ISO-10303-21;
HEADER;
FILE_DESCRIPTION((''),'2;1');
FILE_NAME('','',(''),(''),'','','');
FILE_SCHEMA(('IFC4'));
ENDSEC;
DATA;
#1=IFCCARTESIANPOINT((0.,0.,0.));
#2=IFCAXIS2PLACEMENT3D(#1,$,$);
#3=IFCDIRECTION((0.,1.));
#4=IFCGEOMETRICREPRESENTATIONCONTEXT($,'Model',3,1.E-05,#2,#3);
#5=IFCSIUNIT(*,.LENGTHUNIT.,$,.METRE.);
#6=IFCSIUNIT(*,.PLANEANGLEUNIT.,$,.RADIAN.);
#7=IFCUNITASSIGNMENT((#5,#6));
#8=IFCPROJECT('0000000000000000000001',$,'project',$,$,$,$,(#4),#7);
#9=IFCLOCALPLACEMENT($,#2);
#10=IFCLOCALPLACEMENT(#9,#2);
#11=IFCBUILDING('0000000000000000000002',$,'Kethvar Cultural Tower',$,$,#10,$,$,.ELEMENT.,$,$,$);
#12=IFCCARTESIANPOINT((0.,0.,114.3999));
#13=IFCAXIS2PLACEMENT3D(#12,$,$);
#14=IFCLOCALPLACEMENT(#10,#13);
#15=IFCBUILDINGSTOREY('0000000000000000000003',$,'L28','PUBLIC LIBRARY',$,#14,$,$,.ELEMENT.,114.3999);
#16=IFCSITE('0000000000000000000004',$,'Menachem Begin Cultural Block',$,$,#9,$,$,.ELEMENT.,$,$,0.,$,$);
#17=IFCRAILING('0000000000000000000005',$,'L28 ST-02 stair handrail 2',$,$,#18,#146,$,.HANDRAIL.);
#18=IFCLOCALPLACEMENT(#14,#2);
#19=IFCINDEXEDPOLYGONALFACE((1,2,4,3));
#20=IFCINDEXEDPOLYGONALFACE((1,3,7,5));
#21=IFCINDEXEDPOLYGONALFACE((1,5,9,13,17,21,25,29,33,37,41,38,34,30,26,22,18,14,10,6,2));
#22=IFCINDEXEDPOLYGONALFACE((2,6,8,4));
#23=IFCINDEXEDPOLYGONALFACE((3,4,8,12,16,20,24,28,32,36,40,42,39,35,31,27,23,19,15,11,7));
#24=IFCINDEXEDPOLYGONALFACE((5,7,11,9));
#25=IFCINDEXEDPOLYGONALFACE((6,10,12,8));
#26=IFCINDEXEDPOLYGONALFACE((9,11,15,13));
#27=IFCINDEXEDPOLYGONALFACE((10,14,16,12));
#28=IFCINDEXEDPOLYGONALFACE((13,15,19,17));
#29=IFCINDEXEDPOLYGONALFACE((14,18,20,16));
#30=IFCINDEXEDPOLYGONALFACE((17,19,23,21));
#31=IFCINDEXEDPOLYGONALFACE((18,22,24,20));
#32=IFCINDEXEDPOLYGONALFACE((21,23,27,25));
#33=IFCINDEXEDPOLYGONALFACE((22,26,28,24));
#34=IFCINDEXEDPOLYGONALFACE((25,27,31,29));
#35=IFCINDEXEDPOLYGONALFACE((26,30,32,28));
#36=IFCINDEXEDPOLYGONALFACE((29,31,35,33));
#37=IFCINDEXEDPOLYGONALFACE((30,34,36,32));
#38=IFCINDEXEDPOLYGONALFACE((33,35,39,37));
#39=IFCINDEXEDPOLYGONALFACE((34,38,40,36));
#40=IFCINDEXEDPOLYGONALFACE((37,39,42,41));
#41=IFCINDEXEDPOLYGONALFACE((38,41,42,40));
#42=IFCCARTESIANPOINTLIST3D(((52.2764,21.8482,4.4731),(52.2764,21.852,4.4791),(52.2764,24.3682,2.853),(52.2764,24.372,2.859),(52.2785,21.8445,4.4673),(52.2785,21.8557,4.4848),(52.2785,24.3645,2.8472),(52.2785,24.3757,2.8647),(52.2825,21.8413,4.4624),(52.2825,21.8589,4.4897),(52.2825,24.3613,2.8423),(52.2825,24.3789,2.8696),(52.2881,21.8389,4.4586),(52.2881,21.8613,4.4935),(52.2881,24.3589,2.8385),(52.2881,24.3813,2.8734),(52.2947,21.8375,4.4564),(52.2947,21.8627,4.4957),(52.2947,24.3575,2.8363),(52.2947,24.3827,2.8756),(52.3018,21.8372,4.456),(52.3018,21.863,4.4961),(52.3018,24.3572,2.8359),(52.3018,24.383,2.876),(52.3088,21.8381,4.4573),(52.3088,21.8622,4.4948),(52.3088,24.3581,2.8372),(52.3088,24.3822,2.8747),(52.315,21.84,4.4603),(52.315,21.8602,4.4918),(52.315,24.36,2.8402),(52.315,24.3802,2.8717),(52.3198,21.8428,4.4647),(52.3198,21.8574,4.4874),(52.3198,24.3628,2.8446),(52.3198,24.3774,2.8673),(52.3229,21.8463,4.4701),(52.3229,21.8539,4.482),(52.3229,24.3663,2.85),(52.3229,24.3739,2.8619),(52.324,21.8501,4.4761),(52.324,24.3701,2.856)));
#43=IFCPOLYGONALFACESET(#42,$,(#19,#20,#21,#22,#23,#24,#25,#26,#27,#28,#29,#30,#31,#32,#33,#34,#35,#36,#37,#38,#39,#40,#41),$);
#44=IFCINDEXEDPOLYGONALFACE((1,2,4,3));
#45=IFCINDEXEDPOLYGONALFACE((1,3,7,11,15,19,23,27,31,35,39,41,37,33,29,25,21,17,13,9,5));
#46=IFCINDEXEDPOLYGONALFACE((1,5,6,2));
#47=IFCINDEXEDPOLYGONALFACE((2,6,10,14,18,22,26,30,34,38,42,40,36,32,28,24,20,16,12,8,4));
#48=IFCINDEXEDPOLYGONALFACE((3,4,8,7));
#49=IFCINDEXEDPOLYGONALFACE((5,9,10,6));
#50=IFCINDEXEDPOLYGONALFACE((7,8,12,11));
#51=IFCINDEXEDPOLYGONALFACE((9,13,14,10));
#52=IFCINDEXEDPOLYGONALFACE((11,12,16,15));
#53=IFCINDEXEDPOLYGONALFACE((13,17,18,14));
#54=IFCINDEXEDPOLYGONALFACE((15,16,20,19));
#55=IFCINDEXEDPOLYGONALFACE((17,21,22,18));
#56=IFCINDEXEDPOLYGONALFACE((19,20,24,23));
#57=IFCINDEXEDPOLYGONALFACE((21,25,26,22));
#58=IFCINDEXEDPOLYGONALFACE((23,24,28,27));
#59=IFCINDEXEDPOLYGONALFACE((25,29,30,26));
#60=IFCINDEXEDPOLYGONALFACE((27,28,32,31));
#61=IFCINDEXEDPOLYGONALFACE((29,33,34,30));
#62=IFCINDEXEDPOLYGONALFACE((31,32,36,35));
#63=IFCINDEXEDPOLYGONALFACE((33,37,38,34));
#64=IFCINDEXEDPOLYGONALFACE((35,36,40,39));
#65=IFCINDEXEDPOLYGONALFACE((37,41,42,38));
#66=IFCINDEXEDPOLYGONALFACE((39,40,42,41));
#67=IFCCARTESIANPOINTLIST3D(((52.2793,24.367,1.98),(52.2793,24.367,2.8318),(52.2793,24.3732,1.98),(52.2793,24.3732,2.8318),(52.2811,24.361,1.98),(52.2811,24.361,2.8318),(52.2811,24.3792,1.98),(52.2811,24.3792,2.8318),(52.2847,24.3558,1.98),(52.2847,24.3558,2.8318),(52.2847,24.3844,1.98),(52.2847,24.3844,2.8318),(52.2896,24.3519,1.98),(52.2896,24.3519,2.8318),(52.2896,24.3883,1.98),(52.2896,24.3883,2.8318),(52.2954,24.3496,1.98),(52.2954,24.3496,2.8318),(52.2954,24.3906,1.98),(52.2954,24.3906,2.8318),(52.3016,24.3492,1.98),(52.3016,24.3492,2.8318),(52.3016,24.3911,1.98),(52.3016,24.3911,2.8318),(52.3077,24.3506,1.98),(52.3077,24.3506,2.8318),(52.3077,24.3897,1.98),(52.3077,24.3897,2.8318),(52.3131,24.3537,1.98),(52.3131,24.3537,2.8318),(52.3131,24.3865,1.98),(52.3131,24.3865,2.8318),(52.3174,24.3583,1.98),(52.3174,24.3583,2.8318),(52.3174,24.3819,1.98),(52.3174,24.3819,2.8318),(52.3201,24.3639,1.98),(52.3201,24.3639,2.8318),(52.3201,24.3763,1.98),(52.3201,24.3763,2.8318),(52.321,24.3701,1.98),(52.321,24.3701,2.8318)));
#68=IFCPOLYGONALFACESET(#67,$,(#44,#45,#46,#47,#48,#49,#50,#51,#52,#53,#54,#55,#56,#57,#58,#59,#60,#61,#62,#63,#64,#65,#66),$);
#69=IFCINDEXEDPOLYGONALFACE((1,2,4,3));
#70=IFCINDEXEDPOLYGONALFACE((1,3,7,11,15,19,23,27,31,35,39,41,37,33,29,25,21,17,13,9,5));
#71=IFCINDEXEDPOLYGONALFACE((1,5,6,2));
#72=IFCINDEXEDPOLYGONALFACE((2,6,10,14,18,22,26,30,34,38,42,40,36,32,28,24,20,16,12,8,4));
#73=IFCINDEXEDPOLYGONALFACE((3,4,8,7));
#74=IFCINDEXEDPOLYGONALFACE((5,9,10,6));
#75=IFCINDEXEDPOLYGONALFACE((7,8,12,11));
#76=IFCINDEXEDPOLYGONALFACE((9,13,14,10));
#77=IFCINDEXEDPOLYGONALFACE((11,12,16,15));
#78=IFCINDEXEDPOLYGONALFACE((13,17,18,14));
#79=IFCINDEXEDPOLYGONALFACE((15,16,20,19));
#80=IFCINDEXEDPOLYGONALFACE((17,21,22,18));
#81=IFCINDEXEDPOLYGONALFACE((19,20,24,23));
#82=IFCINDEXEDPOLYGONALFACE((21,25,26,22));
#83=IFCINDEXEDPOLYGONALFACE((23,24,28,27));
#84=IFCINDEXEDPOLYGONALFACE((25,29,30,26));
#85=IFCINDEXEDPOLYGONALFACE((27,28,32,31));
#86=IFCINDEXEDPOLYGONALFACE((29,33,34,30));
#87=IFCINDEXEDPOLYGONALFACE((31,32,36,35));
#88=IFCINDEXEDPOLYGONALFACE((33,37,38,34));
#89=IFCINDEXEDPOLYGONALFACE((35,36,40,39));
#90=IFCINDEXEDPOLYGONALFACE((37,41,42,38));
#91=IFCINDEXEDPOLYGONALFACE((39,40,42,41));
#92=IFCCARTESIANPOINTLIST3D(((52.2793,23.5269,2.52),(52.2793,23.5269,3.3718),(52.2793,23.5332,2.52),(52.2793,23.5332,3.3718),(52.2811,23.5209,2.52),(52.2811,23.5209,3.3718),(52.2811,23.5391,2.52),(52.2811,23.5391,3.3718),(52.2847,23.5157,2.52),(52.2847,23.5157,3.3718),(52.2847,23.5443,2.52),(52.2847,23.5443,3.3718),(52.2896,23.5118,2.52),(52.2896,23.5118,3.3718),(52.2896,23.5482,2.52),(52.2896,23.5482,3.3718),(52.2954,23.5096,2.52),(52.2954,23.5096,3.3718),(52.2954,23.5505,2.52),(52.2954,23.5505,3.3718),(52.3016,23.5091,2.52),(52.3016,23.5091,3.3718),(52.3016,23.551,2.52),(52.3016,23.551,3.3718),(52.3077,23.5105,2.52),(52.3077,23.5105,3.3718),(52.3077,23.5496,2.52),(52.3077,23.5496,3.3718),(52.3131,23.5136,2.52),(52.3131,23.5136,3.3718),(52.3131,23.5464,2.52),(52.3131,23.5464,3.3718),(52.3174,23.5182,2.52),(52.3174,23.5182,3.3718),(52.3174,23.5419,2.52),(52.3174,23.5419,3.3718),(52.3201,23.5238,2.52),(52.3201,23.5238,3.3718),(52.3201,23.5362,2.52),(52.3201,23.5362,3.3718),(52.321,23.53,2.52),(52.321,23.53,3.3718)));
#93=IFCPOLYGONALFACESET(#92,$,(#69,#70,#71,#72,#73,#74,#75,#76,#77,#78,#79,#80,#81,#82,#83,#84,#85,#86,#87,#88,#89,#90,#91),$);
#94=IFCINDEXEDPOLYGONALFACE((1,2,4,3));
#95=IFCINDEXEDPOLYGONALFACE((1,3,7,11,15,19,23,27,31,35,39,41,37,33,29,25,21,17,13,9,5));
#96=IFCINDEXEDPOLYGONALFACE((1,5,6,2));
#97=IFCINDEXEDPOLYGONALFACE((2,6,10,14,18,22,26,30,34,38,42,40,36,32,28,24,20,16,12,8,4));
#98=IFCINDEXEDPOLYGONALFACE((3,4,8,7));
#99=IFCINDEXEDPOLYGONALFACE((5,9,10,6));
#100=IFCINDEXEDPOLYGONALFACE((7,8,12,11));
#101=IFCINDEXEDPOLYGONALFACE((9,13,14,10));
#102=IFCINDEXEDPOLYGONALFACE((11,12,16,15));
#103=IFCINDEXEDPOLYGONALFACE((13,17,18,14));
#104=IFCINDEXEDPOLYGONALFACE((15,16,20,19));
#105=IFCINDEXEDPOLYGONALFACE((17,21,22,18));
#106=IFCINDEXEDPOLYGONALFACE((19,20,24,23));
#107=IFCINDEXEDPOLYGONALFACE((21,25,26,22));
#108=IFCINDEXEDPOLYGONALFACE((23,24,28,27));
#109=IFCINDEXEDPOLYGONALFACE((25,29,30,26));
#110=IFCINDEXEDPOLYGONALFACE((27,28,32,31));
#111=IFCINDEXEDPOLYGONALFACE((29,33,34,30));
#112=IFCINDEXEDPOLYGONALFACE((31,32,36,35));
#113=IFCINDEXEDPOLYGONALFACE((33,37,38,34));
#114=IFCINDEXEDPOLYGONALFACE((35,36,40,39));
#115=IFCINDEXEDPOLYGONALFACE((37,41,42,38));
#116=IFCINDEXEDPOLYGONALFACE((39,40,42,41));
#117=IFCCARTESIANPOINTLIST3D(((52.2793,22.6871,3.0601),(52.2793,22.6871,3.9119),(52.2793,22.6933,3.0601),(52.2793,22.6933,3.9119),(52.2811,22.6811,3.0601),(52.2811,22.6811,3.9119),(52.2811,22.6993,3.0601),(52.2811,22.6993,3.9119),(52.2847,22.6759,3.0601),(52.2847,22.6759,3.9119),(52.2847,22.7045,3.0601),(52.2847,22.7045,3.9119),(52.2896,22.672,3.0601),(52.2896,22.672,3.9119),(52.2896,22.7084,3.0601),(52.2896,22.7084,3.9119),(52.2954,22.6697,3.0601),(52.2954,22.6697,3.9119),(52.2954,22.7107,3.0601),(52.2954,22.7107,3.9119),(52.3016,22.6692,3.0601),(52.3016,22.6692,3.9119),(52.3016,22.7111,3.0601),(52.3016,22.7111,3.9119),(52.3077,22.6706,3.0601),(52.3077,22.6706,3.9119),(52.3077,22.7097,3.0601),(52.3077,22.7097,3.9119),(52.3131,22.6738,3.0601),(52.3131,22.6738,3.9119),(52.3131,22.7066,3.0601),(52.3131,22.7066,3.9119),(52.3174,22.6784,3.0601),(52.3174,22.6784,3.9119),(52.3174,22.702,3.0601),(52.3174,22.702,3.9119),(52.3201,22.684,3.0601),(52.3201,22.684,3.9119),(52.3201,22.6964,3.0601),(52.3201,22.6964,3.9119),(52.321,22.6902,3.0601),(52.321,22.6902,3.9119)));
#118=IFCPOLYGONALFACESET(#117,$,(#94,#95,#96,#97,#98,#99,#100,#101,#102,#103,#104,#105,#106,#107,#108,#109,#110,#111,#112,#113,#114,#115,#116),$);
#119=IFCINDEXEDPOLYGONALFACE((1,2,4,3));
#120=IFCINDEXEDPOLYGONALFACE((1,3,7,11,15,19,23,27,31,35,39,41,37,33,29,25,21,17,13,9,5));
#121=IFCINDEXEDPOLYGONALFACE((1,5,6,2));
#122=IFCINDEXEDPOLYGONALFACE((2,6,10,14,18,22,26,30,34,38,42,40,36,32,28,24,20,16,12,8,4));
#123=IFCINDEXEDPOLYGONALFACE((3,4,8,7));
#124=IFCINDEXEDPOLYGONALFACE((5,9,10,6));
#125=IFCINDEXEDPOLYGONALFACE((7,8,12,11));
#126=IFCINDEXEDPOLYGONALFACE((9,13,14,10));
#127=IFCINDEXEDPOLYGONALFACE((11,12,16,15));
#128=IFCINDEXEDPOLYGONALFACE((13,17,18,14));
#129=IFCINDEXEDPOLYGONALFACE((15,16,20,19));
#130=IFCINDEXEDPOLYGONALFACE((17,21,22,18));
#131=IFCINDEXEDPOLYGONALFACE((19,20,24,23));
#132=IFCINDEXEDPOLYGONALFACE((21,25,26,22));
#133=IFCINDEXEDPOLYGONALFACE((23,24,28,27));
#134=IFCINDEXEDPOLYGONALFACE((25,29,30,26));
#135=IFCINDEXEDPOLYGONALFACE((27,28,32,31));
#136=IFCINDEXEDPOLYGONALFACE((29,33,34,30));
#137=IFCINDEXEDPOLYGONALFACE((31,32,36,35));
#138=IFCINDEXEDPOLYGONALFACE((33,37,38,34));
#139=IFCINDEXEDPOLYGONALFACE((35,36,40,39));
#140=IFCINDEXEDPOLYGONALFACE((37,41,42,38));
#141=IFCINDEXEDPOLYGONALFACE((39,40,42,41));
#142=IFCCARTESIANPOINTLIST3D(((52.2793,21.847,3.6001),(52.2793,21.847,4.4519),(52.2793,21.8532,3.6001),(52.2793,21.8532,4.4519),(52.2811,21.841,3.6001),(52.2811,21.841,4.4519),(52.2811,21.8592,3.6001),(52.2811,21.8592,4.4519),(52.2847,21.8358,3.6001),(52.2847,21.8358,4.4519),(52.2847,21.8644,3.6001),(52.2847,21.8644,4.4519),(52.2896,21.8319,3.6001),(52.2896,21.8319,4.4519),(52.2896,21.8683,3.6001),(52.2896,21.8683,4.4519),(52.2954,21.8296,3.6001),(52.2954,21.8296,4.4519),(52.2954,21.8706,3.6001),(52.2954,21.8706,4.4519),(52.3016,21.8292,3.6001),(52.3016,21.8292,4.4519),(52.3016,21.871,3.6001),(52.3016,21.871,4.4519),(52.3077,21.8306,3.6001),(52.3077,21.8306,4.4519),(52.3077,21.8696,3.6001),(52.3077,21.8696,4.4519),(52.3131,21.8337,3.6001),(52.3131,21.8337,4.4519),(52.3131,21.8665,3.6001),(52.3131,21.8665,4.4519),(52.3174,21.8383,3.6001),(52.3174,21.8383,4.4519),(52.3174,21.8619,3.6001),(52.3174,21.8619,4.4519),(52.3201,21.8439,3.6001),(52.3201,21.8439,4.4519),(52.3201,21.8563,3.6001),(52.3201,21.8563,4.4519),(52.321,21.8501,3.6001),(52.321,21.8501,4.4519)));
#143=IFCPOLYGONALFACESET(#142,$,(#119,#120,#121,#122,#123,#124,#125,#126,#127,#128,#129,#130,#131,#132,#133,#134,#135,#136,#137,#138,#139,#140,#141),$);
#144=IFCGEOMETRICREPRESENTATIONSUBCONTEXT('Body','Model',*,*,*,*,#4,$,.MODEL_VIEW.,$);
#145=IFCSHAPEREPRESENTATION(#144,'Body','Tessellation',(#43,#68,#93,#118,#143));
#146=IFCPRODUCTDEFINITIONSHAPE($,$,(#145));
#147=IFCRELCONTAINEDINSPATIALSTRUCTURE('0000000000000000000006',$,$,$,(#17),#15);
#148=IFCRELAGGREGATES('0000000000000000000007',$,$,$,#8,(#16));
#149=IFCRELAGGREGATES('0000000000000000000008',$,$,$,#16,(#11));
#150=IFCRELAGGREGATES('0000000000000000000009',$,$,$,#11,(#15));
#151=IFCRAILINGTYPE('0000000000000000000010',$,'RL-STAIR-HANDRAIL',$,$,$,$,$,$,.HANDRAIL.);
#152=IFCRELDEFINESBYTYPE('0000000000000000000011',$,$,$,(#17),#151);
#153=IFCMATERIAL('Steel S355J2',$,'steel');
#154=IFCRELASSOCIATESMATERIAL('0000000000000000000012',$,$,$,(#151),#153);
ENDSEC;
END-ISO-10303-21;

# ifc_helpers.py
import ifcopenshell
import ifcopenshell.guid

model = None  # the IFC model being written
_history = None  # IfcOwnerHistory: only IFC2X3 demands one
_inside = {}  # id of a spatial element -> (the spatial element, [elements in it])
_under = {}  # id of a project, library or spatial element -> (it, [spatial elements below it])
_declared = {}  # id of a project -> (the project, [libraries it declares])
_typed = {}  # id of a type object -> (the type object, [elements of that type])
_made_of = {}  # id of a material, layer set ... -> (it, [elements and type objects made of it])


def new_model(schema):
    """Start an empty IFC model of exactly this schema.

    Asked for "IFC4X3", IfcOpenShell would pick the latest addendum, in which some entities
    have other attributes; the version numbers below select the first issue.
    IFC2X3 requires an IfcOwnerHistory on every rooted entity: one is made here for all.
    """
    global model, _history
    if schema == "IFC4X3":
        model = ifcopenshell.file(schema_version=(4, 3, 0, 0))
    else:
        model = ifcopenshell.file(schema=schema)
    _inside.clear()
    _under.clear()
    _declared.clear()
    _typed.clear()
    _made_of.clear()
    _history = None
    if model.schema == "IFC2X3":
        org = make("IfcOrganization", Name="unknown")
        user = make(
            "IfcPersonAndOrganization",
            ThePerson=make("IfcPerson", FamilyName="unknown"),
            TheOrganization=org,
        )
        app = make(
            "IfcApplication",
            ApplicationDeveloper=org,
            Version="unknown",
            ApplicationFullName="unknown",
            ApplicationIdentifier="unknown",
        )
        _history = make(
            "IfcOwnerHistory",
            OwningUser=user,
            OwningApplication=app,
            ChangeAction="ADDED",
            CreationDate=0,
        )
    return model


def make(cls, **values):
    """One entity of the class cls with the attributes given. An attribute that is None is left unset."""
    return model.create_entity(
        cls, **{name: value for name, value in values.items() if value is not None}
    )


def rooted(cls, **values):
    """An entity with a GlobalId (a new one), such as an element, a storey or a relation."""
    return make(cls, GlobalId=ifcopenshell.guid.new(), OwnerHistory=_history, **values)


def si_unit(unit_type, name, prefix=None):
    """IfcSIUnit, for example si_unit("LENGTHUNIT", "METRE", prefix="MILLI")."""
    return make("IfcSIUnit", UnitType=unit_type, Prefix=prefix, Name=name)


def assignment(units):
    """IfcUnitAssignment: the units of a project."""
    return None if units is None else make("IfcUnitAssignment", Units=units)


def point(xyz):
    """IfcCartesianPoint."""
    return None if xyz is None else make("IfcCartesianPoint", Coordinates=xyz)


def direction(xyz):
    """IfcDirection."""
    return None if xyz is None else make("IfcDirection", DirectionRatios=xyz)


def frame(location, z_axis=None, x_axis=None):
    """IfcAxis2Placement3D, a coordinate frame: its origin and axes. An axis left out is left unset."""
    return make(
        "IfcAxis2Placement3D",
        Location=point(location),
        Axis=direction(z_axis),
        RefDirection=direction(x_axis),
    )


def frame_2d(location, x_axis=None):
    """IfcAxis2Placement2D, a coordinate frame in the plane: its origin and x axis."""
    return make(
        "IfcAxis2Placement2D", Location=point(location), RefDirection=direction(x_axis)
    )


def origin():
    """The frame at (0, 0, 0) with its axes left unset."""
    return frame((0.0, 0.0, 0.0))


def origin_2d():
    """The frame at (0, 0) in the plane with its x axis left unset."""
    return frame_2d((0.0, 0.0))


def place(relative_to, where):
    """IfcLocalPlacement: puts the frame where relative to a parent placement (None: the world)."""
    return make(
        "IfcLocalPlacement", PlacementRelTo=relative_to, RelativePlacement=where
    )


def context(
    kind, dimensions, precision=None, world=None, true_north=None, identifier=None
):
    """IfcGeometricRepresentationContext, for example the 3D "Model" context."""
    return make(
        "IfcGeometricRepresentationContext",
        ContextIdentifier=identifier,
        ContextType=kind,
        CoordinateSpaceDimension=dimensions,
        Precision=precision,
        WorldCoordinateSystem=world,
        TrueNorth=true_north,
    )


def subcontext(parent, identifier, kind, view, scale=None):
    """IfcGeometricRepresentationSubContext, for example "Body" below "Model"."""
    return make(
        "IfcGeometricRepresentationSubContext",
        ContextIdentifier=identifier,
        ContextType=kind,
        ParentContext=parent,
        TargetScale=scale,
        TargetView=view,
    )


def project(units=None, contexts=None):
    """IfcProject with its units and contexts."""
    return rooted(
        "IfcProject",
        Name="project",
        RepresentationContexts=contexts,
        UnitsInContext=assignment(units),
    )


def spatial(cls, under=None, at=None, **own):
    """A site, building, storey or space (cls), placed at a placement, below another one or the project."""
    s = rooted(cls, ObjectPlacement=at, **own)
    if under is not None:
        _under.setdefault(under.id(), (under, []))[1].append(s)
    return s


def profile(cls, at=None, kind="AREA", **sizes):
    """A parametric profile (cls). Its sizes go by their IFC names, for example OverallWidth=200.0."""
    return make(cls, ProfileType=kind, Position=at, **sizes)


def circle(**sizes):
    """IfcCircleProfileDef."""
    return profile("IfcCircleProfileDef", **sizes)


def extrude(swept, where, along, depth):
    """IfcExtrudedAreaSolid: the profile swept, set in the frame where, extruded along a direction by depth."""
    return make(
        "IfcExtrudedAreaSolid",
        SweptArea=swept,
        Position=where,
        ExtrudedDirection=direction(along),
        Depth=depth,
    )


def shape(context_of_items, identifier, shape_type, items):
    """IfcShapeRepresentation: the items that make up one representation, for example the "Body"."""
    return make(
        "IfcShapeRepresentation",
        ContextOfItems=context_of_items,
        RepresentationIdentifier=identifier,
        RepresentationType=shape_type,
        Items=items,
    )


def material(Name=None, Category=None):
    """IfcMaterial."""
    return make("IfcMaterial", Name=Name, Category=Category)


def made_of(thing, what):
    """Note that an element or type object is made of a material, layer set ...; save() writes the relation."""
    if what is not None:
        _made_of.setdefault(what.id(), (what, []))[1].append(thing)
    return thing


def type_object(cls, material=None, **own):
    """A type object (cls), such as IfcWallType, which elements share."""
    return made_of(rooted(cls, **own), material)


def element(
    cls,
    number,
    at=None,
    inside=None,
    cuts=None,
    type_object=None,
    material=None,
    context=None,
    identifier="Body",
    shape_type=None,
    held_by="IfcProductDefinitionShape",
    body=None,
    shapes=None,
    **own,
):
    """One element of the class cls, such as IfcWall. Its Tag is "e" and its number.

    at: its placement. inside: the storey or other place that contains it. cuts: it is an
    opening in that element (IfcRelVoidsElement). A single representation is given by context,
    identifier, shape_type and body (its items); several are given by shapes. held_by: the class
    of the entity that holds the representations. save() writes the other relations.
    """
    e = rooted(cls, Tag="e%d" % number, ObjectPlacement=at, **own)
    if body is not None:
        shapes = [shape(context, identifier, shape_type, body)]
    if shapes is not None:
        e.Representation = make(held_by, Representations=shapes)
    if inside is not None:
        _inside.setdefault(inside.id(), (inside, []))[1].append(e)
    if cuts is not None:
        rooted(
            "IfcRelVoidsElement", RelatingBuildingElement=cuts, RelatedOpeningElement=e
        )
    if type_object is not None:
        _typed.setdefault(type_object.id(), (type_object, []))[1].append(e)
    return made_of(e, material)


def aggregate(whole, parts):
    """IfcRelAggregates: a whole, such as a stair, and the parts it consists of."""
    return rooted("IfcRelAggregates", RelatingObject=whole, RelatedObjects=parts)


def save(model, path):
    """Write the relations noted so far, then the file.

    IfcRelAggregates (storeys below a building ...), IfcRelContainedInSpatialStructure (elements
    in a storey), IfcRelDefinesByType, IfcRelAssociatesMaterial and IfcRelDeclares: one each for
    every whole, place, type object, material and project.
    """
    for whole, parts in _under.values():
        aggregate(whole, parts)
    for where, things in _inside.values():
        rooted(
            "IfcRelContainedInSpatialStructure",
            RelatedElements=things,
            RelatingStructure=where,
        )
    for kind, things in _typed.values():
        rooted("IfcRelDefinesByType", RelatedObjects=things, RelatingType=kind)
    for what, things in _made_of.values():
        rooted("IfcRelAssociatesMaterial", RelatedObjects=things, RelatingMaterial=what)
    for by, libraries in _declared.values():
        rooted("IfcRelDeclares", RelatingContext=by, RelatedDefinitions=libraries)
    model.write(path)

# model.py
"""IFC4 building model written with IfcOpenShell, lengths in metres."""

from ifc_helpers import new_model, si_unit, direction, frame, origin, origin_2d, place, context, subcontext, project, spatial, circle, extrude, material, type_object, element, save


model = new_model("IFC4")

# Units and contexts
model_context = context("Model", 3, precision=1e-05, world=origin(), true_north=direction((0.0, 1.0)))
body_context = subcontext(model_context, "Body", "Model", "MODEL_VIEW")
ifc_project = project(units=[si_unit("LENGTHUNIT", "METRE"), si_unit("PLANEANGLEUNIT", "RADIAN")], contexts=[model_context])

# Site, building, storey
site_placement = place(None, origin())
site = spatial("IfcSite", under=ifc_project, at=site_placement, Name="Menachem Begin Cultural Block", CompositionType="ELEMENT", RefElevation=0.0)
building_placement = place(site_placement, origin())
building = spatial("IfcBuilding", under=site, at=building_placement, Name="Kethvar Cultural Tower", CompositionType="ELEMENT")
storey_placement = place(building_placement, frame((0.0, 0.0, 114.3999)))
storey = spatial("IfcBuildingStorey", under=building, at=storey_placement, Name="L28", Description="PUBLIC LIBRARY", CompositionType="ELEMENT", Elevation=114.3999)

# Shared definitions
ifc_material_1 = material(Name="Steel S355J2", Category="steel")

# Railing
railing_type_1 = type_object("IfcRailingType", Name="RL-STAIR-HANDRAIL", PredefinedType="HANDRAIL", material=ifc_material_1)
railing_1_placement = place(storey_placement, frame((52.3, 24.3701, 1.98)))
element("IfcRailing", 1, at=railing_1_placement, inside=storey, type_object=railing_type_1, Name="L28 ST-02 stair handrail 2", PredefinedType="HANDRAIL", context=body_context, shape_type="SweptSolid", body=[
    extrude(circle(Radius=0.0239, at=origin_2d()), frame((0.0, 0.0, 0.876), z_axis=(0.0, -0.841163, 0.540782), x_axis=(1.0, 0.0, 0.0)), (0.0, 0.0, 1.0), 2.9958),
    extrude(circle(Radius=0.021, at=origin_2d()), origin(), (0.0, 0.0, 1.0), 0.8518),
    extrude(circle(Radius=0.021, at=origin_2d()), frame((0.0, -0.8401, 0.54)), (0.0, 0.0, 1.0), 0.8518),
    extrude(circle(Radius=0.021, at=origin_2d()), frame((0.0, -1.6799, 1.0801)), (0.0, 0.0, 1.0), 0.8518),
    extrude(circle(Radius=0.021, at=origin_2d()), frame((0.0, -2.52, 1.6201)), (0.0, 0.0, 1.0), 0.8518),
])

save(model, "model.ifc")
